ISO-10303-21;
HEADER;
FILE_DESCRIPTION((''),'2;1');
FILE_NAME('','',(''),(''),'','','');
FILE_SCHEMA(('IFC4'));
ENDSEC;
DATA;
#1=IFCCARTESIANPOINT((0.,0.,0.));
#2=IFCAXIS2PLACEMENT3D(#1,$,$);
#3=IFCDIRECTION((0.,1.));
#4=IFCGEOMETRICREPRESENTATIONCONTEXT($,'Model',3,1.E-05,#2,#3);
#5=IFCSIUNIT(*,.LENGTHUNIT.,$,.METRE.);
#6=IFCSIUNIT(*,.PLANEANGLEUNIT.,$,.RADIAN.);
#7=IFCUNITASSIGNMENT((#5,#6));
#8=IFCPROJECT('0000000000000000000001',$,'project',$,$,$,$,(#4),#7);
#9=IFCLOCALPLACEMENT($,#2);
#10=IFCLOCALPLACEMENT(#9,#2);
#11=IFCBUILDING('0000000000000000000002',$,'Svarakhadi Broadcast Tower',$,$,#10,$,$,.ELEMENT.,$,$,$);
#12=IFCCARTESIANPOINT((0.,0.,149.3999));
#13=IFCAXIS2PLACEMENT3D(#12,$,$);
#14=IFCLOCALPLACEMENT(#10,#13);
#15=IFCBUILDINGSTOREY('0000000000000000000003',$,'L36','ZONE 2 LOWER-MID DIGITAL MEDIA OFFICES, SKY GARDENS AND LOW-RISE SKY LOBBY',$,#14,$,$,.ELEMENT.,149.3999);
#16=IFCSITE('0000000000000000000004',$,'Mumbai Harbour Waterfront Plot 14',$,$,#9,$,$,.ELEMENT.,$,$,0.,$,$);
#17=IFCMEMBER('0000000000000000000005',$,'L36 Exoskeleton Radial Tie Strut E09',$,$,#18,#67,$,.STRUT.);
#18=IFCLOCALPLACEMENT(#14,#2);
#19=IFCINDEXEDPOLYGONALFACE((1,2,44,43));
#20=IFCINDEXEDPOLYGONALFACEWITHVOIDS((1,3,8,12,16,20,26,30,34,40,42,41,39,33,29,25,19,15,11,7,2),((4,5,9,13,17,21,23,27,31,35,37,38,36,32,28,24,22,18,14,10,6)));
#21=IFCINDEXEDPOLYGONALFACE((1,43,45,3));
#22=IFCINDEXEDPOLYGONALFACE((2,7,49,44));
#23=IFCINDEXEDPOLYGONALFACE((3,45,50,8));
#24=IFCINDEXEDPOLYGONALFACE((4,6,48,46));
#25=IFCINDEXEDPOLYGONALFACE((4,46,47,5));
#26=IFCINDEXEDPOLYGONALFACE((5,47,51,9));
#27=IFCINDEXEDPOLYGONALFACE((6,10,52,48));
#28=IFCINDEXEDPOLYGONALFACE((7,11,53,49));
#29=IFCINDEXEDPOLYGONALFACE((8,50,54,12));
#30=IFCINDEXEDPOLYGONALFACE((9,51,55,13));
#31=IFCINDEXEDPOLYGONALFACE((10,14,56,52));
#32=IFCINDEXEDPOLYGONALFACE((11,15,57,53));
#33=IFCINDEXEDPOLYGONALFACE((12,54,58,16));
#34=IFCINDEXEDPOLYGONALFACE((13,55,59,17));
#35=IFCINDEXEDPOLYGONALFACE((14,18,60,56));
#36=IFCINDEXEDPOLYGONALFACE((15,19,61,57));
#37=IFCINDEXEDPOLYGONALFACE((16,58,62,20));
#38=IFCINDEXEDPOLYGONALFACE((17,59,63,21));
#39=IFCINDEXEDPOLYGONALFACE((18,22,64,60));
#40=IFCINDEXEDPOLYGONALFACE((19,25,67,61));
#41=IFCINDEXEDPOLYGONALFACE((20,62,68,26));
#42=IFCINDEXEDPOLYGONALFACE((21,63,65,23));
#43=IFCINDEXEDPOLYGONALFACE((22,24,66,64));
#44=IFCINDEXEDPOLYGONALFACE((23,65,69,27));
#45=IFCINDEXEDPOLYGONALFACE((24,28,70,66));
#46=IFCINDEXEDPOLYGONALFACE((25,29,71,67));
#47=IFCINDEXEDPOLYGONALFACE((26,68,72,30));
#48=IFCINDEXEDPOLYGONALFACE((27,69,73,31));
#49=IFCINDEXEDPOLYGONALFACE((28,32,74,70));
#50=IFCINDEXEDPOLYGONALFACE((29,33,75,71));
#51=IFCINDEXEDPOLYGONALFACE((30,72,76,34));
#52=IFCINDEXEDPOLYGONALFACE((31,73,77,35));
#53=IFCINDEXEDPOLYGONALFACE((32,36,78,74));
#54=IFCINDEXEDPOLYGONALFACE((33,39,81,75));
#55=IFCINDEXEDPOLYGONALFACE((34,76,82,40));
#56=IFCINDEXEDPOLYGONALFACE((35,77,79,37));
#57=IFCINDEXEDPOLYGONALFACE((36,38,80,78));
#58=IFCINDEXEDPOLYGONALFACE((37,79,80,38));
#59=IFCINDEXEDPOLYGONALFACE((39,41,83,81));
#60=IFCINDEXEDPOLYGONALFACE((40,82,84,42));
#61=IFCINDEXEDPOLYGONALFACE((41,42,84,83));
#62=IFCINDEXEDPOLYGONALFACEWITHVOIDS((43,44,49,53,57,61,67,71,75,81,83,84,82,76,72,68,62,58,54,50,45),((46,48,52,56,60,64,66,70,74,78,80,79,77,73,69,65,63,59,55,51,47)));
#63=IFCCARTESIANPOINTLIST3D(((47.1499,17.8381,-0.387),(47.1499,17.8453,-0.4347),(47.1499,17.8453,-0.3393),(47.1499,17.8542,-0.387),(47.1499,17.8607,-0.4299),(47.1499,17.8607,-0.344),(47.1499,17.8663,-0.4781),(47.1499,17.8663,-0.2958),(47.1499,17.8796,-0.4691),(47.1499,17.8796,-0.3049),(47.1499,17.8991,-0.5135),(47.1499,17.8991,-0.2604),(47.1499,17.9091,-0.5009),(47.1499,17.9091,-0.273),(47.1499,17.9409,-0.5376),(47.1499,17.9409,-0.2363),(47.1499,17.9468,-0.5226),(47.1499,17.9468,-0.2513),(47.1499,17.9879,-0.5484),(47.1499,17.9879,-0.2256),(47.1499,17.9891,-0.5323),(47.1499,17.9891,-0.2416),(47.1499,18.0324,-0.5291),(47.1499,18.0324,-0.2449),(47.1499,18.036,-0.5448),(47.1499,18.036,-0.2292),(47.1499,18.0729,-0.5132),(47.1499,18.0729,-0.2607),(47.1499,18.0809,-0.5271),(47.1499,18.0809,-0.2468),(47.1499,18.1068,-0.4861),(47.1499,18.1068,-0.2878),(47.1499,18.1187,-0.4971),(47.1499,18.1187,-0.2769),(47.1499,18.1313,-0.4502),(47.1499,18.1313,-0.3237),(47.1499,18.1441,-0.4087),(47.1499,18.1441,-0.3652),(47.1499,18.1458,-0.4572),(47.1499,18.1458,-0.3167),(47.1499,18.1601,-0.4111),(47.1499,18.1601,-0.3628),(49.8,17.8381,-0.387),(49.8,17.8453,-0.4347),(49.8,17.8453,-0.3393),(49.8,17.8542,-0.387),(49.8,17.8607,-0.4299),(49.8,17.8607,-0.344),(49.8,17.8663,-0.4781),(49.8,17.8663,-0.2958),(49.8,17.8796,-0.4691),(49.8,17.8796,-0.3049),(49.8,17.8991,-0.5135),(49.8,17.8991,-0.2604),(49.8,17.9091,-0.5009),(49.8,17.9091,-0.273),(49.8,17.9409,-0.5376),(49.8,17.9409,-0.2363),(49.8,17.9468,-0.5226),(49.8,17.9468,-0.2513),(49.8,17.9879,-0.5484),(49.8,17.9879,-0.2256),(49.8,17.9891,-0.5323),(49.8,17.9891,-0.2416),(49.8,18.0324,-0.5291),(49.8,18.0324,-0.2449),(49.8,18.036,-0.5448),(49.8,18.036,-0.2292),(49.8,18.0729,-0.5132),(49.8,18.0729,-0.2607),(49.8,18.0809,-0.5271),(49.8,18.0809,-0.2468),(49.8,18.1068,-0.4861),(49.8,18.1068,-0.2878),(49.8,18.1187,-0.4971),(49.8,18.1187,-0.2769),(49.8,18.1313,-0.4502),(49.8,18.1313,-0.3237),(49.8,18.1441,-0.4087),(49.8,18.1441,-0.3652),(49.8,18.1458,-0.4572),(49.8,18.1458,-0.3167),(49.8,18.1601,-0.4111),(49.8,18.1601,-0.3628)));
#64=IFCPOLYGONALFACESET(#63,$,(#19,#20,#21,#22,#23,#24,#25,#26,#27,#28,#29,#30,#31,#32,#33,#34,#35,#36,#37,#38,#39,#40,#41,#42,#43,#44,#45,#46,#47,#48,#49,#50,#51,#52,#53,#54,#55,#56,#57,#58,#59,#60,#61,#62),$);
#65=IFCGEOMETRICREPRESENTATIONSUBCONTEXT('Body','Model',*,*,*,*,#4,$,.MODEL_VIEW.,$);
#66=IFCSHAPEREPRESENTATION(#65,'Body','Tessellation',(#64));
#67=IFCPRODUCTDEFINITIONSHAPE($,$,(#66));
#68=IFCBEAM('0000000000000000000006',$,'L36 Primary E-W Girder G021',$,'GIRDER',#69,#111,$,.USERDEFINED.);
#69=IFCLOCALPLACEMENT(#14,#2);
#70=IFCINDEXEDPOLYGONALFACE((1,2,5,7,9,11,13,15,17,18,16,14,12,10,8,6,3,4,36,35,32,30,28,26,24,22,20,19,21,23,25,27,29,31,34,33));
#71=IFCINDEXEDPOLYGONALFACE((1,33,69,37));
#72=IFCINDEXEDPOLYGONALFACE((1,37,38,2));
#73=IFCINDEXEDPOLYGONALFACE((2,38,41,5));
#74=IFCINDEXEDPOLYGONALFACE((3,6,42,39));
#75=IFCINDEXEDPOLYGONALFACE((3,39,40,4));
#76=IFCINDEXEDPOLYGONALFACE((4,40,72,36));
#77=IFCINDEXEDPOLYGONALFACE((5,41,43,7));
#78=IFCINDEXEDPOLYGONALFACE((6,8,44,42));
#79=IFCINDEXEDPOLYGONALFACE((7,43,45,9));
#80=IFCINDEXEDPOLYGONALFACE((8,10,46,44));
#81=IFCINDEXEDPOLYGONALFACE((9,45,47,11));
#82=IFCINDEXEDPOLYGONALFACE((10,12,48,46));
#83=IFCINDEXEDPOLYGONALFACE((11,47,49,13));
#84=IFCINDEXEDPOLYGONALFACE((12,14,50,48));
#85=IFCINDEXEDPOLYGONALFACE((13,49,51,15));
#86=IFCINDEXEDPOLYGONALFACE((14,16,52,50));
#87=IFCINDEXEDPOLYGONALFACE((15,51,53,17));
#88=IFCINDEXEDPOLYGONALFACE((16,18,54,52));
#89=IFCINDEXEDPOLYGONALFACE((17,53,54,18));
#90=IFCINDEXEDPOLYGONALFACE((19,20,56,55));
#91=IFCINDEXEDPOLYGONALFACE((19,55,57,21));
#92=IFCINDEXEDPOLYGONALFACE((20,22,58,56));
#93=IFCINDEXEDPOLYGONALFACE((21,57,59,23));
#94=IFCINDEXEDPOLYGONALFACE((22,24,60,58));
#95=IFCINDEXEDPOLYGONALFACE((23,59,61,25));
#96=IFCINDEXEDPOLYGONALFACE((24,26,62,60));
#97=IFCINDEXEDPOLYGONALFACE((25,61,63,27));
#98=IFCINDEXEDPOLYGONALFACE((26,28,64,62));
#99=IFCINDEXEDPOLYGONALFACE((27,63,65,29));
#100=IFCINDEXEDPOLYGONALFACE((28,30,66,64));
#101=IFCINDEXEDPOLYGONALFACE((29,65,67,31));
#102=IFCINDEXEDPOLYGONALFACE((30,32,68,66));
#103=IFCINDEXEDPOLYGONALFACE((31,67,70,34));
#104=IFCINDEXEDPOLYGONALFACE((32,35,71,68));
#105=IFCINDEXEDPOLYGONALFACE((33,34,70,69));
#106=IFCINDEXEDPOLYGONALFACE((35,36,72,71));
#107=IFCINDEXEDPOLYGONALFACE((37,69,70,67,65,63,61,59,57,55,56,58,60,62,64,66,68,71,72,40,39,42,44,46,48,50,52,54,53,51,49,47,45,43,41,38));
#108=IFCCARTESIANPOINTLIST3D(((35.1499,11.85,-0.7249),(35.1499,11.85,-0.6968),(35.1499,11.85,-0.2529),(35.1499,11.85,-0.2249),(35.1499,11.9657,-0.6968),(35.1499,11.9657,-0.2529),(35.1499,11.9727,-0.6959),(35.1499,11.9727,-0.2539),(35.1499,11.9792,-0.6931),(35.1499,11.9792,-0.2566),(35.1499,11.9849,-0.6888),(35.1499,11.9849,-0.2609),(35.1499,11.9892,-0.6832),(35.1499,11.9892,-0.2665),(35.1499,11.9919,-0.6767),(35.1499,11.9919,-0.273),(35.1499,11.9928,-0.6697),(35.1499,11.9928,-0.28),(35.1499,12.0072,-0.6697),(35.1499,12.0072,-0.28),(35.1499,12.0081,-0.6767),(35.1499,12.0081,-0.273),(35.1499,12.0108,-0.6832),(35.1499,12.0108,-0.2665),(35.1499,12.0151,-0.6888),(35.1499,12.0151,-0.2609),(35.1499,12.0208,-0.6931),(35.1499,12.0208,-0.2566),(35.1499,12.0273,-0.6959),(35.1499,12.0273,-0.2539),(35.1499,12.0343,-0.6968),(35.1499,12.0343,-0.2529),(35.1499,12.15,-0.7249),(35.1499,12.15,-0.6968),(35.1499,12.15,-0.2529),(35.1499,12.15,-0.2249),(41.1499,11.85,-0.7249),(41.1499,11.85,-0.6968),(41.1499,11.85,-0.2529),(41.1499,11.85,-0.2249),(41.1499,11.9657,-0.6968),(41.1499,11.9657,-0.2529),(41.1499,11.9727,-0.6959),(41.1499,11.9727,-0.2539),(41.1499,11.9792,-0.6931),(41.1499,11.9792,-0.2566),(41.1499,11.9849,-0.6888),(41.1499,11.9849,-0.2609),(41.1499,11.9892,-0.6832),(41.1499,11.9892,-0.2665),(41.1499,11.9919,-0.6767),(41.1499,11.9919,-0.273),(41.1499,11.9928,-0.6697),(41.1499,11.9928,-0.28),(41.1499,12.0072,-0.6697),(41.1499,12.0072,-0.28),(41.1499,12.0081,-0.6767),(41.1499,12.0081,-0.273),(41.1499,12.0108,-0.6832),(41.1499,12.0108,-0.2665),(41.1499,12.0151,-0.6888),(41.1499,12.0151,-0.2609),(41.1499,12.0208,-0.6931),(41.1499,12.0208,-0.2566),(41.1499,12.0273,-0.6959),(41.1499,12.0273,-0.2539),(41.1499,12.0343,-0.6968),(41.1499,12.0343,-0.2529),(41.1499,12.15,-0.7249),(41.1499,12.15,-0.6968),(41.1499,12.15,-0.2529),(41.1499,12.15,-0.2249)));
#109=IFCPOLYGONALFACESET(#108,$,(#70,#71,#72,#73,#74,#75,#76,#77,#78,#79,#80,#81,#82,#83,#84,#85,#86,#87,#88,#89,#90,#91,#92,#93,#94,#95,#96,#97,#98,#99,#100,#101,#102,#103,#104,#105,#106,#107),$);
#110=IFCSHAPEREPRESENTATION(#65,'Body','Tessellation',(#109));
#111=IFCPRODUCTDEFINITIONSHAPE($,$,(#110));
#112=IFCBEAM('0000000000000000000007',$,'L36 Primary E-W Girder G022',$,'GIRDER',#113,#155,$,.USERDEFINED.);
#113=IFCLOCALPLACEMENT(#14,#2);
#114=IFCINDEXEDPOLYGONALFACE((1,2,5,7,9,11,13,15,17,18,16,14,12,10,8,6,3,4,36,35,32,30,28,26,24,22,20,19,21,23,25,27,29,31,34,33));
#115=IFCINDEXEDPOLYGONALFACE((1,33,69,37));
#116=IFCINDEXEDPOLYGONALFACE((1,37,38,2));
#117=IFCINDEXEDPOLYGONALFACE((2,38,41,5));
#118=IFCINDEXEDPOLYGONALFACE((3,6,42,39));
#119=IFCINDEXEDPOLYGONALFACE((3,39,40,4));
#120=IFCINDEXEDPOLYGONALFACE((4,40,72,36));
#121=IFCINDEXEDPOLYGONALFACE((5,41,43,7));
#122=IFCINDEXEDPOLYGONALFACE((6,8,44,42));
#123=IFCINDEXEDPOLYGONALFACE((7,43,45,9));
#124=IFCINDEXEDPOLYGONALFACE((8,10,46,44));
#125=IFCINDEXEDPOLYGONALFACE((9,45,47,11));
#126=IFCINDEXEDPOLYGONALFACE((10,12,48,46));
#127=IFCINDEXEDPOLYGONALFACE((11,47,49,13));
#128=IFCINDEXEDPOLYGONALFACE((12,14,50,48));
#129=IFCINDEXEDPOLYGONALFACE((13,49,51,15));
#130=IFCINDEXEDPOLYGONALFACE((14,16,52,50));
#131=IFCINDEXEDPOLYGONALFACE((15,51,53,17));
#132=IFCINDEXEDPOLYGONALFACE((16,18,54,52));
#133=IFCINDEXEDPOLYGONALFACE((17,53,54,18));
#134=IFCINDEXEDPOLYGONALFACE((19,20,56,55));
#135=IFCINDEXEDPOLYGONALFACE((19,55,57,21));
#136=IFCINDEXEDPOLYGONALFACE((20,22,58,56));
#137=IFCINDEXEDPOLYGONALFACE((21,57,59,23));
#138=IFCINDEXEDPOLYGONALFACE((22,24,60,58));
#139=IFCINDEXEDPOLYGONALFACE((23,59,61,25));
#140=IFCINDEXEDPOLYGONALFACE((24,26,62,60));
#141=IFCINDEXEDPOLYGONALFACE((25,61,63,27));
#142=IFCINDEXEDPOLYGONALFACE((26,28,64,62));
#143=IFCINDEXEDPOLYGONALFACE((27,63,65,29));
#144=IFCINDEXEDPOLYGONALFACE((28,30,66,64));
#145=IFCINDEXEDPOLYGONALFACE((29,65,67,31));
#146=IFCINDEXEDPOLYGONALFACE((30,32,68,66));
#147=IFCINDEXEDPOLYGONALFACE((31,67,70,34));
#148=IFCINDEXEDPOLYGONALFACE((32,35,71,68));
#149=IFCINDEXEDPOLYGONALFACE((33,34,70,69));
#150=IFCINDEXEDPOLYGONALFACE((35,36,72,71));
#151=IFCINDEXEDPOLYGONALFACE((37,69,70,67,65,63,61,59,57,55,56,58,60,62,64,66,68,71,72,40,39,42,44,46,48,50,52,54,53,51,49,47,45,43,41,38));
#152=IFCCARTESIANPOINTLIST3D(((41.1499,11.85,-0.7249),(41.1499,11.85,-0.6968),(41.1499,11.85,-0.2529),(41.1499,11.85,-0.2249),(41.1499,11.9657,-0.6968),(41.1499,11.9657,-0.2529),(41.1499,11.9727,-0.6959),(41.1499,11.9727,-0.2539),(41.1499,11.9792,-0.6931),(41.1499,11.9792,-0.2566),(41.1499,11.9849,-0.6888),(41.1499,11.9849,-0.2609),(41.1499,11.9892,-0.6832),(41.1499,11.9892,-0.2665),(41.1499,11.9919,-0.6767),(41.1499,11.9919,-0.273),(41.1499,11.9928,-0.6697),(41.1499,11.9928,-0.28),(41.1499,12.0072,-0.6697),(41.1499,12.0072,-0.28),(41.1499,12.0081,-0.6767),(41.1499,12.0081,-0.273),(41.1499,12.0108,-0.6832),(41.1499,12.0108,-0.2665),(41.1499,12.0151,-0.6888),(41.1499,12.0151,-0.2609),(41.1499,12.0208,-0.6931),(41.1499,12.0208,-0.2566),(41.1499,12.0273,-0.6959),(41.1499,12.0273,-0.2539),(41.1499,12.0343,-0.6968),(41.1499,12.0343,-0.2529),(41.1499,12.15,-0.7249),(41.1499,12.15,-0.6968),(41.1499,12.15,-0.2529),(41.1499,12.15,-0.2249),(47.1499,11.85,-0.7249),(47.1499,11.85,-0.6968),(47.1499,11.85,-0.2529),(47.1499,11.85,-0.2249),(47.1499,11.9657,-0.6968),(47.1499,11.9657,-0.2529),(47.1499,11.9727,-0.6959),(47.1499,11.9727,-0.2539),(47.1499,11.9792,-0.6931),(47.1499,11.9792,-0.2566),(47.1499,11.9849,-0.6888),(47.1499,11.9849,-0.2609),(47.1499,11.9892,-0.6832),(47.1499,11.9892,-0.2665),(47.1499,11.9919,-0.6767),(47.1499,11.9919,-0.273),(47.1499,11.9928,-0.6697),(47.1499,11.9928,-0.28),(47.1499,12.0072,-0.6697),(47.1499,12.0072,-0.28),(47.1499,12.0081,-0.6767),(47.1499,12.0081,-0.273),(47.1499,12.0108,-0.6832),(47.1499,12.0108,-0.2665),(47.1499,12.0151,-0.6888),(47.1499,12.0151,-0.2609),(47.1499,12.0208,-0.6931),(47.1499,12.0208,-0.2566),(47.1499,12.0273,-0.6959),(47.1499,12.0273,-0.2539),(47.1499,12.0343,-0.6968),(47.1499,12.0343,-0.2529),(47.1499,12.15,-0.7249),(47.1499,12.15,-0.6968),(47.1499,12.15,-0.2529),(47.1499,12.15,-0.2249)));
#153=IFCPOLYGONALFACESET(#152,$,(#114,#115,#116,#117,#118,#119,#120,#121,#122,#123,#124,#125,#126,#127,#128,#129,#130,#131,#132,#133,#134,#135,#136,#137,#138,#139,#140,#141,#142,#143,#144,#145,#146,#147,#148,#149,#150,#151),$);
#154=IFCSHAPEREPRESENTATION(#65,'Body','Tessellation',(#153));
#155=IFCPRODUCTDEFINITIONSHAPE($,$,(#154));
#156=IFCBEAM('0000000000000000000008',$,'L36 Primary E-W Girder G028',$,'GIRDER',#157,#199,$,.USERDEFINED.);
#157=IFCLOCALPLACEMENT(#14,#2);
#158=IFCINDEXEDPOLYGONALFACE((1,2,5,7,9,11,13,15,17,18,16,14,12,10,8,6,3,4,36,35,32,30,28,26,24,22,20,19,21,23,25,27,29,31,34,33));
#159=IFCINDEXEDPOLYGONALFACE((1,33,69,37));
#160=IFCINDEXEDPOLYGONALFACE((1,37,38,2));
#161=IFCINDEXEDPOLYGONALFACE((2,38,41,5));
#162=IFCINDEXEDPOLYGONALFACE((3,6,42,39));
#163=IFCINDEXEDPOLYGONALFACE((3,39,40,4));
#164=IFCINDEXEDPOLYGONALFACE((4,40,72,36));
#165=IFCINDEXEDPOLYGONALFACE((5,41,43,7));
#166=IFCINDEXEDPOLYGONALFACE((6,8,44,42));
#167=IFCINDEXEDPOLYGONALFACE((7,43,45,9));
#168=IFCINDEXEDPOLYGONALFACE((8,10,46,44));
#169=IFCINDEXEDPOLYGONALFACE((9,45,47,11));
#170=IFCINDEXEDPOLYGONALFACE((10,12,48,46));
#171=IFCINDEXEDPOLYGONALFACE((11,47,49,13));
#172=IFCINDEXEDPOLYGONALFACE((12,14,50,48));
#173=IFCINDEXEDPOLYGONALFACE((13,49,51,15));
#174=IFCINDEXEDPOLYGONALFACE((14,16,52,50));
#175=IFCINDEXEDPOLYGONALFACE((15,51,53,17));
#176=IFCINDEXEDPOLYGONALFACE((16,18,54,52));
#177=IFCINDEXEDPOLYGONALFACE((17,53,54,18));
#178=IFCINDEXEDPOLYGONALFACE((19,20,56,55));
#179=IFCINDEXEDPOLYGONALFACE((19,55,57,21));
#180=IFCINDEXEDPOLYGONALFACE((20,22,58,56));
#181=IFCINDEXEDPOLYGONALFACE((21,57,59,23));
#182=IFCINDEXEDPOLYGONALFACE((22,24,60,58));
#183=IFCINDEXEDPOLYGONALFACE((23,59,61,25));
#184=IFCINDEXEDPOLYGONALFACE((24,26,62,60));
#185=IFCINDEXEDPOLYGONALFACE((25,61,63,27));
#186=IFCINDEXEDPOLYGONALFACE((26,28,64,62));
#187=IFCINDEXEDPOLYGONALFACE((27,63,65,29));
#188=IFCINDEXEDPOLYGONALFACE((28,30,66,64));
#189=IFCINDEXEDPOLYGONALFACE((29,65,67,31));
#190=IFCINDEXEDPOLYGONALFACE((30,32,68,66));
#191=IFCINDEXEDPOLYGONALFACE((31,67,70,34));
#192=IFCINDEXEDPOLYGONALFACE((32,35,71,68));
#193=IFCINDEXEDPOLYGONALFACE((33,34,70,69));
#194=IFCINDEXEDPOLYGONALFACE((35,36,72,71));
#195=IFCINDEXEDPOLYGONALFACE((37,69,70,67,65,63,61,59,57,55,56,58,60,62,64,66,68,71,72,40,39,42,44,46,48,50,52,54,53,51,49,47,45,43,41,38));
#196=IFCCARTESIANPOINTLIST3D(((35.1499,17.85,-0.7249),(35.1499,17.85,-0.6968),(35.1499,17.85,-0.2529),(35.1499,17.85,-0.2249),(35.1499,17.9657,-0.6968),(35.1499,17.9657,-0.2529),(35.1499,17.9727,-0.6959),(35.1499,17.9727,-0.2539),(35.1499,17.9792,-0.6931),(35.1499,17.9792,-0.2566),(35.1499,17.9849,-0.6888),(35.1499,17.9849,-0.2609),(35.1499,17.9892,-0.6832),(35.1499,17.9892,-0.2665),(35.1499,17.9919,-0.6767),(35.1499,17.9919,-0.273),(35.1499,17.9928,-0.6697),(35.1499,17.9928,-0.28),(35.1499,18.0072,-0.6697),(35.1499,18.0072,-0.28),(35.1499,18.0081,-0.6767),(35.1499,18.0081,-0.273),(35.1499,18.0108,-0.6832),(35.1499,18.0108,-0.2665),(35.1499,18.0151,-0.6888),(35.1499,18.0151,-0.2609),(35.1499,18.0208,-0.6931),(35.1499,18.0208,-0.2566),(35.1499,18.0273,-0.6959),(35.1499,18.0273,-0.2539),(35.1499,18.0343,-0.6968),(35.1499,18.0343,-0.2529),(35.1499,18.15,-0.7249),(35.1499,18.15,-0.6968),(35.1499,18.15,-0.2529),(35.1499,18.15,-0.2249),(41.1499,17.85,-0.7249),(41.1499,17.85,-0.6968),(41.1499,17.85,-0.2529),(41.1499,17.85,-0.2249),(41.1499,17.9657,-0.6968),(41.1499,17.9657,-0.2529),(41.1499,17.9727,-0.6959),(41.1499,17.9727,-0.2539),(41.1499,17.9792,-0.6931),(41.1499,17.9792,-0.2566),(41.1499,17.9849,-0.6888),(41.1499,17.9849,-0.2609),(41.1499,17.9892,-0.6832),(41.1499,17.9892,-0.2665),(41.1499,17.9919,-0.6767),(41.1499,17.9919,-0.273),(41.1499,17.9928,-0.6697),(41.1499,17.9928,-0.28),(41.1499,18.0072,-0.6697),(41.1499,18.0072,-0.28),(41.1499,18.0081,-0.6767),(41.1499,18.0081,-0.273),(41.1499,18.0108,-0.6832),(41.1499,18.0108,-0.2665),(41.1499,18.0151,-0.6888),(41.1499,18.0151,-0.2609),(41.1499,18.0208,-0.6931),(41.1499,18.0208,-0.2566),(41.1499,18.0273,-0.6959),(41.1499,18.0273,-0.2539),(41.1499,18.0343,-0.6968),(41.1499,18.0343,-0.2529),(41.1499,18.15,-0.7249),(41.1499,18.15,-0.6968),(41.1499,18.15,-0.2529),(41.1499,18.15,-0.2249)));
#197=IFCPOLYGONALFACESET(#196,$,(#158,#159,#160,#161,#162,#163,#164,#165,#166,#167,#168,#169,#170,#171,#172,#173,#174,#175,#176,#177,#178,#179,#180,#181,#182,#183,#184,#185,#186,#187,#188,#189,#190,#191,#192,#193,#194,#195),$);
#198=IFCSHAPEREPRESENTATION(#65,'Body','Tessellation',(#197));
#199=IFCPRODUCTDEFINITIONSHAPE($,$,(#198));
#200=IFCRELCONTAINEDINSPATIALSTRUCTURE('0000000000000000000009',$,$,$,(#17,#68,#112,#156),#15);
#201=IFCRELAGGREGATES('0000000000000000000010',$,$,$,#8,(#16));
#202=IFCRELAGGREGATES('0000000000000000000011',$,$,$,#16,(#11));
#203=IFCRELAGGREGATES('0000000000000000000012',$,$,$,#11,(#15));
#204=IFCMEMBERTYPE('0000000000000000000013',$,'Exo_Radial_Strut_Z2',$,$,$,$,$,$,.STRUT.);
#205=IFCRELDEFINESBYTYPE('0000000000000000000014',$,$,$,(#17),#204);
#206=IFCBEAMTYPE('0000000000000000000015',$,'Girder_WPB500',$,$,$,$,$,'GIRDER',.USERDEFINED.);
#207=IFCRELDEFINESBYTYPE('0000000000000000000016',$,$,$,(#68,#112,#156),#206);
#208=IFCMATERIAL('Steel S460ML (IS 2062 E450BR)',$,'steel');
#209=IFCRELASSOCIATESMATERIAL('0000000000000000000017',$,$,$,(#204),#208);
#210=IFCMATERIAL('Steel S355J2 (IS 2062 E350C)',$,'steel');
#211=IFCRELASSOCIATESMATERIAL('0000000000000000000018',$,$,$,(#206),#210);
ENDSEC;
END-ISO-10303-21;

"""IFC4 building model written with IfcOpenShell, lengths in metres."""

from ifc_helpers import new_model, si_unit, direction, frame, origin, origin_2d, place, context, subcontext, project, spatial, hollow_circle, i_section, extrude, material, material_profile, profile_set, type_object, element, save


model = new_model("IFC4")

# Units and contexts
model_context = context("Model", 3, precision=1e-05, world=origin(), true_north=direction((0.0, 1.0)))
body_context = subcontext(model_context, "Body", "Model", "MODEL_VIEW")
ifc_project = project(units=[si_unit("LENGTHUNIT", "METRE"), si_unit("PLANEANGLEUNIT", "RADIAN")], contexts=[model_context])

# Site, building, storey
site_placement = place(None, origin())
site = spatial("IfcSite", under=ifc_project, at=site_placement, Name="Mumbai Harbour Waterfront Plot 14", CompositionType="ELEMENT", RefElevation=0.0)
building_placement = place(site_placement, origin())
building = spatial("IfcBuilding", under=site, at=building_placement, Name="Svarakhadi Broadcast Tower", CompositionType="ELEMENT")
storey_placement = place(building_placement, frame((0.0, 0.0, 149.3999)))
storey = spatial("IfcBuildingStorey", under=building, at=storey_placement, Name="L36", Description="ZONE 2 LOWER-MID DIGITAL MEDIA OFFICES, SKY GARDENS AND LOW-RISE SKY LOBBY", CompositionType="ELEMENT", Elevation=149.3999)

# Shared definitions
ifc_material_1 = material(Name="Steel S460ML (IS 2062 E450BR)", Category="steel")

# Shared definitions
ifc_material_2 = material(Name="Steel S355J2 (IS 2062 E350C)", Category="steel")

# Member
ifc_material_profile_1 = material_profile(ifc_material_1, hollow_circle(Radius=0.1619, WallThickness=0.0161, at=origin_2d()), Name="CHS 323.9x16")
ifc_profile_set_1 = profile_set([ifc_material_profile_1], Name="Steel S460ML (IS 2062 E450BR)")
member_type_1 = type_object("IfcMemberType", Name="Exo_Radial_Strut_Z2", PredefinedType="STRUT", material=ifc_profile_set_1)
member_1_placement = place(storey_placement, frame((49.8, 18.0, -0.387), z_axis=(-1.0, 0.0, 0.0), x_axis=(0.0, -1.0, 0.0)))
element("IfcMember", 1, at=member_1_placement, inside=storey, type_object=member_type_1, Name="L36 Exoskeleton Radial Tie Strut E09", PredefinedType="STRUT", context=body_context, shape_type="SweptSolid", body=[
    extrude(hollow_circle(Radius=0.1619, WallThickness=0.0161, at=origin_2d()), origin(), (0.0, 0.0, 1.0), 2.6501),
])

# Beams
ifc_material_profile_2 = material_profile(ifc_material_2, i_section(OverallWidth=0.3, OverallDepth=0.5, WebThickness=0.0144, FlangeThickness=0.0281, FilletRadius=0.0271, at=origin_2d()), Name="WPB 500x300x187")
ifc_profile_set_2 = profile_set([ifc_material_profile_2], Name="Steel S355J2 (IS 2062 E350C)")
beam_type_1 = type_object("IfcBeamType", Name="Girder_WPB500", ElementType="GIRDER", PredefinedType="USERDEFINED", material=ifc_profile_set_2)
for number, where, z_axis, x_axis, name in (
    (2, (35.1499, 12.0, -0.4749), (1.0, 0.0, 0.0), (0.0, 1.0, 0.0), "L36 Primary E-W Girder G021"),
    (3, (41.1499, 12.0, -0.4749), (1.0, 0.0, 0.0), (0.0, 1.0, 0.0), "L36 Primary E-W Girder G022"),
    (4, (35.1499, 18.0, -0.4749), (1.0, 0.0, 0.0), (0.0, 1.0, 0.0), "L36 Primary E-W Girder G028"),
):
    element("IfcBeam", number, at=place(storey_placement, frame(where, z_axis=z_axis, x_axis=x_axis)), inside=storey, type_object=beam_type_1, Name=name, ObjectType="GIRDER", PredefinedType="USERDEFINED", context=body_context, shape_type="SweptSolid", body=[
        extrude(i_section(OverallWidth=0.3, OverallDepth=0.5, WebThickness=0.0144, FlangeThickness=0.0281, FilletRadius=0.0271, at=origin_2d()), origin(), (0.0, 0.0, 1.0), 6.0),
    ])

save(model, "model.ifc")
